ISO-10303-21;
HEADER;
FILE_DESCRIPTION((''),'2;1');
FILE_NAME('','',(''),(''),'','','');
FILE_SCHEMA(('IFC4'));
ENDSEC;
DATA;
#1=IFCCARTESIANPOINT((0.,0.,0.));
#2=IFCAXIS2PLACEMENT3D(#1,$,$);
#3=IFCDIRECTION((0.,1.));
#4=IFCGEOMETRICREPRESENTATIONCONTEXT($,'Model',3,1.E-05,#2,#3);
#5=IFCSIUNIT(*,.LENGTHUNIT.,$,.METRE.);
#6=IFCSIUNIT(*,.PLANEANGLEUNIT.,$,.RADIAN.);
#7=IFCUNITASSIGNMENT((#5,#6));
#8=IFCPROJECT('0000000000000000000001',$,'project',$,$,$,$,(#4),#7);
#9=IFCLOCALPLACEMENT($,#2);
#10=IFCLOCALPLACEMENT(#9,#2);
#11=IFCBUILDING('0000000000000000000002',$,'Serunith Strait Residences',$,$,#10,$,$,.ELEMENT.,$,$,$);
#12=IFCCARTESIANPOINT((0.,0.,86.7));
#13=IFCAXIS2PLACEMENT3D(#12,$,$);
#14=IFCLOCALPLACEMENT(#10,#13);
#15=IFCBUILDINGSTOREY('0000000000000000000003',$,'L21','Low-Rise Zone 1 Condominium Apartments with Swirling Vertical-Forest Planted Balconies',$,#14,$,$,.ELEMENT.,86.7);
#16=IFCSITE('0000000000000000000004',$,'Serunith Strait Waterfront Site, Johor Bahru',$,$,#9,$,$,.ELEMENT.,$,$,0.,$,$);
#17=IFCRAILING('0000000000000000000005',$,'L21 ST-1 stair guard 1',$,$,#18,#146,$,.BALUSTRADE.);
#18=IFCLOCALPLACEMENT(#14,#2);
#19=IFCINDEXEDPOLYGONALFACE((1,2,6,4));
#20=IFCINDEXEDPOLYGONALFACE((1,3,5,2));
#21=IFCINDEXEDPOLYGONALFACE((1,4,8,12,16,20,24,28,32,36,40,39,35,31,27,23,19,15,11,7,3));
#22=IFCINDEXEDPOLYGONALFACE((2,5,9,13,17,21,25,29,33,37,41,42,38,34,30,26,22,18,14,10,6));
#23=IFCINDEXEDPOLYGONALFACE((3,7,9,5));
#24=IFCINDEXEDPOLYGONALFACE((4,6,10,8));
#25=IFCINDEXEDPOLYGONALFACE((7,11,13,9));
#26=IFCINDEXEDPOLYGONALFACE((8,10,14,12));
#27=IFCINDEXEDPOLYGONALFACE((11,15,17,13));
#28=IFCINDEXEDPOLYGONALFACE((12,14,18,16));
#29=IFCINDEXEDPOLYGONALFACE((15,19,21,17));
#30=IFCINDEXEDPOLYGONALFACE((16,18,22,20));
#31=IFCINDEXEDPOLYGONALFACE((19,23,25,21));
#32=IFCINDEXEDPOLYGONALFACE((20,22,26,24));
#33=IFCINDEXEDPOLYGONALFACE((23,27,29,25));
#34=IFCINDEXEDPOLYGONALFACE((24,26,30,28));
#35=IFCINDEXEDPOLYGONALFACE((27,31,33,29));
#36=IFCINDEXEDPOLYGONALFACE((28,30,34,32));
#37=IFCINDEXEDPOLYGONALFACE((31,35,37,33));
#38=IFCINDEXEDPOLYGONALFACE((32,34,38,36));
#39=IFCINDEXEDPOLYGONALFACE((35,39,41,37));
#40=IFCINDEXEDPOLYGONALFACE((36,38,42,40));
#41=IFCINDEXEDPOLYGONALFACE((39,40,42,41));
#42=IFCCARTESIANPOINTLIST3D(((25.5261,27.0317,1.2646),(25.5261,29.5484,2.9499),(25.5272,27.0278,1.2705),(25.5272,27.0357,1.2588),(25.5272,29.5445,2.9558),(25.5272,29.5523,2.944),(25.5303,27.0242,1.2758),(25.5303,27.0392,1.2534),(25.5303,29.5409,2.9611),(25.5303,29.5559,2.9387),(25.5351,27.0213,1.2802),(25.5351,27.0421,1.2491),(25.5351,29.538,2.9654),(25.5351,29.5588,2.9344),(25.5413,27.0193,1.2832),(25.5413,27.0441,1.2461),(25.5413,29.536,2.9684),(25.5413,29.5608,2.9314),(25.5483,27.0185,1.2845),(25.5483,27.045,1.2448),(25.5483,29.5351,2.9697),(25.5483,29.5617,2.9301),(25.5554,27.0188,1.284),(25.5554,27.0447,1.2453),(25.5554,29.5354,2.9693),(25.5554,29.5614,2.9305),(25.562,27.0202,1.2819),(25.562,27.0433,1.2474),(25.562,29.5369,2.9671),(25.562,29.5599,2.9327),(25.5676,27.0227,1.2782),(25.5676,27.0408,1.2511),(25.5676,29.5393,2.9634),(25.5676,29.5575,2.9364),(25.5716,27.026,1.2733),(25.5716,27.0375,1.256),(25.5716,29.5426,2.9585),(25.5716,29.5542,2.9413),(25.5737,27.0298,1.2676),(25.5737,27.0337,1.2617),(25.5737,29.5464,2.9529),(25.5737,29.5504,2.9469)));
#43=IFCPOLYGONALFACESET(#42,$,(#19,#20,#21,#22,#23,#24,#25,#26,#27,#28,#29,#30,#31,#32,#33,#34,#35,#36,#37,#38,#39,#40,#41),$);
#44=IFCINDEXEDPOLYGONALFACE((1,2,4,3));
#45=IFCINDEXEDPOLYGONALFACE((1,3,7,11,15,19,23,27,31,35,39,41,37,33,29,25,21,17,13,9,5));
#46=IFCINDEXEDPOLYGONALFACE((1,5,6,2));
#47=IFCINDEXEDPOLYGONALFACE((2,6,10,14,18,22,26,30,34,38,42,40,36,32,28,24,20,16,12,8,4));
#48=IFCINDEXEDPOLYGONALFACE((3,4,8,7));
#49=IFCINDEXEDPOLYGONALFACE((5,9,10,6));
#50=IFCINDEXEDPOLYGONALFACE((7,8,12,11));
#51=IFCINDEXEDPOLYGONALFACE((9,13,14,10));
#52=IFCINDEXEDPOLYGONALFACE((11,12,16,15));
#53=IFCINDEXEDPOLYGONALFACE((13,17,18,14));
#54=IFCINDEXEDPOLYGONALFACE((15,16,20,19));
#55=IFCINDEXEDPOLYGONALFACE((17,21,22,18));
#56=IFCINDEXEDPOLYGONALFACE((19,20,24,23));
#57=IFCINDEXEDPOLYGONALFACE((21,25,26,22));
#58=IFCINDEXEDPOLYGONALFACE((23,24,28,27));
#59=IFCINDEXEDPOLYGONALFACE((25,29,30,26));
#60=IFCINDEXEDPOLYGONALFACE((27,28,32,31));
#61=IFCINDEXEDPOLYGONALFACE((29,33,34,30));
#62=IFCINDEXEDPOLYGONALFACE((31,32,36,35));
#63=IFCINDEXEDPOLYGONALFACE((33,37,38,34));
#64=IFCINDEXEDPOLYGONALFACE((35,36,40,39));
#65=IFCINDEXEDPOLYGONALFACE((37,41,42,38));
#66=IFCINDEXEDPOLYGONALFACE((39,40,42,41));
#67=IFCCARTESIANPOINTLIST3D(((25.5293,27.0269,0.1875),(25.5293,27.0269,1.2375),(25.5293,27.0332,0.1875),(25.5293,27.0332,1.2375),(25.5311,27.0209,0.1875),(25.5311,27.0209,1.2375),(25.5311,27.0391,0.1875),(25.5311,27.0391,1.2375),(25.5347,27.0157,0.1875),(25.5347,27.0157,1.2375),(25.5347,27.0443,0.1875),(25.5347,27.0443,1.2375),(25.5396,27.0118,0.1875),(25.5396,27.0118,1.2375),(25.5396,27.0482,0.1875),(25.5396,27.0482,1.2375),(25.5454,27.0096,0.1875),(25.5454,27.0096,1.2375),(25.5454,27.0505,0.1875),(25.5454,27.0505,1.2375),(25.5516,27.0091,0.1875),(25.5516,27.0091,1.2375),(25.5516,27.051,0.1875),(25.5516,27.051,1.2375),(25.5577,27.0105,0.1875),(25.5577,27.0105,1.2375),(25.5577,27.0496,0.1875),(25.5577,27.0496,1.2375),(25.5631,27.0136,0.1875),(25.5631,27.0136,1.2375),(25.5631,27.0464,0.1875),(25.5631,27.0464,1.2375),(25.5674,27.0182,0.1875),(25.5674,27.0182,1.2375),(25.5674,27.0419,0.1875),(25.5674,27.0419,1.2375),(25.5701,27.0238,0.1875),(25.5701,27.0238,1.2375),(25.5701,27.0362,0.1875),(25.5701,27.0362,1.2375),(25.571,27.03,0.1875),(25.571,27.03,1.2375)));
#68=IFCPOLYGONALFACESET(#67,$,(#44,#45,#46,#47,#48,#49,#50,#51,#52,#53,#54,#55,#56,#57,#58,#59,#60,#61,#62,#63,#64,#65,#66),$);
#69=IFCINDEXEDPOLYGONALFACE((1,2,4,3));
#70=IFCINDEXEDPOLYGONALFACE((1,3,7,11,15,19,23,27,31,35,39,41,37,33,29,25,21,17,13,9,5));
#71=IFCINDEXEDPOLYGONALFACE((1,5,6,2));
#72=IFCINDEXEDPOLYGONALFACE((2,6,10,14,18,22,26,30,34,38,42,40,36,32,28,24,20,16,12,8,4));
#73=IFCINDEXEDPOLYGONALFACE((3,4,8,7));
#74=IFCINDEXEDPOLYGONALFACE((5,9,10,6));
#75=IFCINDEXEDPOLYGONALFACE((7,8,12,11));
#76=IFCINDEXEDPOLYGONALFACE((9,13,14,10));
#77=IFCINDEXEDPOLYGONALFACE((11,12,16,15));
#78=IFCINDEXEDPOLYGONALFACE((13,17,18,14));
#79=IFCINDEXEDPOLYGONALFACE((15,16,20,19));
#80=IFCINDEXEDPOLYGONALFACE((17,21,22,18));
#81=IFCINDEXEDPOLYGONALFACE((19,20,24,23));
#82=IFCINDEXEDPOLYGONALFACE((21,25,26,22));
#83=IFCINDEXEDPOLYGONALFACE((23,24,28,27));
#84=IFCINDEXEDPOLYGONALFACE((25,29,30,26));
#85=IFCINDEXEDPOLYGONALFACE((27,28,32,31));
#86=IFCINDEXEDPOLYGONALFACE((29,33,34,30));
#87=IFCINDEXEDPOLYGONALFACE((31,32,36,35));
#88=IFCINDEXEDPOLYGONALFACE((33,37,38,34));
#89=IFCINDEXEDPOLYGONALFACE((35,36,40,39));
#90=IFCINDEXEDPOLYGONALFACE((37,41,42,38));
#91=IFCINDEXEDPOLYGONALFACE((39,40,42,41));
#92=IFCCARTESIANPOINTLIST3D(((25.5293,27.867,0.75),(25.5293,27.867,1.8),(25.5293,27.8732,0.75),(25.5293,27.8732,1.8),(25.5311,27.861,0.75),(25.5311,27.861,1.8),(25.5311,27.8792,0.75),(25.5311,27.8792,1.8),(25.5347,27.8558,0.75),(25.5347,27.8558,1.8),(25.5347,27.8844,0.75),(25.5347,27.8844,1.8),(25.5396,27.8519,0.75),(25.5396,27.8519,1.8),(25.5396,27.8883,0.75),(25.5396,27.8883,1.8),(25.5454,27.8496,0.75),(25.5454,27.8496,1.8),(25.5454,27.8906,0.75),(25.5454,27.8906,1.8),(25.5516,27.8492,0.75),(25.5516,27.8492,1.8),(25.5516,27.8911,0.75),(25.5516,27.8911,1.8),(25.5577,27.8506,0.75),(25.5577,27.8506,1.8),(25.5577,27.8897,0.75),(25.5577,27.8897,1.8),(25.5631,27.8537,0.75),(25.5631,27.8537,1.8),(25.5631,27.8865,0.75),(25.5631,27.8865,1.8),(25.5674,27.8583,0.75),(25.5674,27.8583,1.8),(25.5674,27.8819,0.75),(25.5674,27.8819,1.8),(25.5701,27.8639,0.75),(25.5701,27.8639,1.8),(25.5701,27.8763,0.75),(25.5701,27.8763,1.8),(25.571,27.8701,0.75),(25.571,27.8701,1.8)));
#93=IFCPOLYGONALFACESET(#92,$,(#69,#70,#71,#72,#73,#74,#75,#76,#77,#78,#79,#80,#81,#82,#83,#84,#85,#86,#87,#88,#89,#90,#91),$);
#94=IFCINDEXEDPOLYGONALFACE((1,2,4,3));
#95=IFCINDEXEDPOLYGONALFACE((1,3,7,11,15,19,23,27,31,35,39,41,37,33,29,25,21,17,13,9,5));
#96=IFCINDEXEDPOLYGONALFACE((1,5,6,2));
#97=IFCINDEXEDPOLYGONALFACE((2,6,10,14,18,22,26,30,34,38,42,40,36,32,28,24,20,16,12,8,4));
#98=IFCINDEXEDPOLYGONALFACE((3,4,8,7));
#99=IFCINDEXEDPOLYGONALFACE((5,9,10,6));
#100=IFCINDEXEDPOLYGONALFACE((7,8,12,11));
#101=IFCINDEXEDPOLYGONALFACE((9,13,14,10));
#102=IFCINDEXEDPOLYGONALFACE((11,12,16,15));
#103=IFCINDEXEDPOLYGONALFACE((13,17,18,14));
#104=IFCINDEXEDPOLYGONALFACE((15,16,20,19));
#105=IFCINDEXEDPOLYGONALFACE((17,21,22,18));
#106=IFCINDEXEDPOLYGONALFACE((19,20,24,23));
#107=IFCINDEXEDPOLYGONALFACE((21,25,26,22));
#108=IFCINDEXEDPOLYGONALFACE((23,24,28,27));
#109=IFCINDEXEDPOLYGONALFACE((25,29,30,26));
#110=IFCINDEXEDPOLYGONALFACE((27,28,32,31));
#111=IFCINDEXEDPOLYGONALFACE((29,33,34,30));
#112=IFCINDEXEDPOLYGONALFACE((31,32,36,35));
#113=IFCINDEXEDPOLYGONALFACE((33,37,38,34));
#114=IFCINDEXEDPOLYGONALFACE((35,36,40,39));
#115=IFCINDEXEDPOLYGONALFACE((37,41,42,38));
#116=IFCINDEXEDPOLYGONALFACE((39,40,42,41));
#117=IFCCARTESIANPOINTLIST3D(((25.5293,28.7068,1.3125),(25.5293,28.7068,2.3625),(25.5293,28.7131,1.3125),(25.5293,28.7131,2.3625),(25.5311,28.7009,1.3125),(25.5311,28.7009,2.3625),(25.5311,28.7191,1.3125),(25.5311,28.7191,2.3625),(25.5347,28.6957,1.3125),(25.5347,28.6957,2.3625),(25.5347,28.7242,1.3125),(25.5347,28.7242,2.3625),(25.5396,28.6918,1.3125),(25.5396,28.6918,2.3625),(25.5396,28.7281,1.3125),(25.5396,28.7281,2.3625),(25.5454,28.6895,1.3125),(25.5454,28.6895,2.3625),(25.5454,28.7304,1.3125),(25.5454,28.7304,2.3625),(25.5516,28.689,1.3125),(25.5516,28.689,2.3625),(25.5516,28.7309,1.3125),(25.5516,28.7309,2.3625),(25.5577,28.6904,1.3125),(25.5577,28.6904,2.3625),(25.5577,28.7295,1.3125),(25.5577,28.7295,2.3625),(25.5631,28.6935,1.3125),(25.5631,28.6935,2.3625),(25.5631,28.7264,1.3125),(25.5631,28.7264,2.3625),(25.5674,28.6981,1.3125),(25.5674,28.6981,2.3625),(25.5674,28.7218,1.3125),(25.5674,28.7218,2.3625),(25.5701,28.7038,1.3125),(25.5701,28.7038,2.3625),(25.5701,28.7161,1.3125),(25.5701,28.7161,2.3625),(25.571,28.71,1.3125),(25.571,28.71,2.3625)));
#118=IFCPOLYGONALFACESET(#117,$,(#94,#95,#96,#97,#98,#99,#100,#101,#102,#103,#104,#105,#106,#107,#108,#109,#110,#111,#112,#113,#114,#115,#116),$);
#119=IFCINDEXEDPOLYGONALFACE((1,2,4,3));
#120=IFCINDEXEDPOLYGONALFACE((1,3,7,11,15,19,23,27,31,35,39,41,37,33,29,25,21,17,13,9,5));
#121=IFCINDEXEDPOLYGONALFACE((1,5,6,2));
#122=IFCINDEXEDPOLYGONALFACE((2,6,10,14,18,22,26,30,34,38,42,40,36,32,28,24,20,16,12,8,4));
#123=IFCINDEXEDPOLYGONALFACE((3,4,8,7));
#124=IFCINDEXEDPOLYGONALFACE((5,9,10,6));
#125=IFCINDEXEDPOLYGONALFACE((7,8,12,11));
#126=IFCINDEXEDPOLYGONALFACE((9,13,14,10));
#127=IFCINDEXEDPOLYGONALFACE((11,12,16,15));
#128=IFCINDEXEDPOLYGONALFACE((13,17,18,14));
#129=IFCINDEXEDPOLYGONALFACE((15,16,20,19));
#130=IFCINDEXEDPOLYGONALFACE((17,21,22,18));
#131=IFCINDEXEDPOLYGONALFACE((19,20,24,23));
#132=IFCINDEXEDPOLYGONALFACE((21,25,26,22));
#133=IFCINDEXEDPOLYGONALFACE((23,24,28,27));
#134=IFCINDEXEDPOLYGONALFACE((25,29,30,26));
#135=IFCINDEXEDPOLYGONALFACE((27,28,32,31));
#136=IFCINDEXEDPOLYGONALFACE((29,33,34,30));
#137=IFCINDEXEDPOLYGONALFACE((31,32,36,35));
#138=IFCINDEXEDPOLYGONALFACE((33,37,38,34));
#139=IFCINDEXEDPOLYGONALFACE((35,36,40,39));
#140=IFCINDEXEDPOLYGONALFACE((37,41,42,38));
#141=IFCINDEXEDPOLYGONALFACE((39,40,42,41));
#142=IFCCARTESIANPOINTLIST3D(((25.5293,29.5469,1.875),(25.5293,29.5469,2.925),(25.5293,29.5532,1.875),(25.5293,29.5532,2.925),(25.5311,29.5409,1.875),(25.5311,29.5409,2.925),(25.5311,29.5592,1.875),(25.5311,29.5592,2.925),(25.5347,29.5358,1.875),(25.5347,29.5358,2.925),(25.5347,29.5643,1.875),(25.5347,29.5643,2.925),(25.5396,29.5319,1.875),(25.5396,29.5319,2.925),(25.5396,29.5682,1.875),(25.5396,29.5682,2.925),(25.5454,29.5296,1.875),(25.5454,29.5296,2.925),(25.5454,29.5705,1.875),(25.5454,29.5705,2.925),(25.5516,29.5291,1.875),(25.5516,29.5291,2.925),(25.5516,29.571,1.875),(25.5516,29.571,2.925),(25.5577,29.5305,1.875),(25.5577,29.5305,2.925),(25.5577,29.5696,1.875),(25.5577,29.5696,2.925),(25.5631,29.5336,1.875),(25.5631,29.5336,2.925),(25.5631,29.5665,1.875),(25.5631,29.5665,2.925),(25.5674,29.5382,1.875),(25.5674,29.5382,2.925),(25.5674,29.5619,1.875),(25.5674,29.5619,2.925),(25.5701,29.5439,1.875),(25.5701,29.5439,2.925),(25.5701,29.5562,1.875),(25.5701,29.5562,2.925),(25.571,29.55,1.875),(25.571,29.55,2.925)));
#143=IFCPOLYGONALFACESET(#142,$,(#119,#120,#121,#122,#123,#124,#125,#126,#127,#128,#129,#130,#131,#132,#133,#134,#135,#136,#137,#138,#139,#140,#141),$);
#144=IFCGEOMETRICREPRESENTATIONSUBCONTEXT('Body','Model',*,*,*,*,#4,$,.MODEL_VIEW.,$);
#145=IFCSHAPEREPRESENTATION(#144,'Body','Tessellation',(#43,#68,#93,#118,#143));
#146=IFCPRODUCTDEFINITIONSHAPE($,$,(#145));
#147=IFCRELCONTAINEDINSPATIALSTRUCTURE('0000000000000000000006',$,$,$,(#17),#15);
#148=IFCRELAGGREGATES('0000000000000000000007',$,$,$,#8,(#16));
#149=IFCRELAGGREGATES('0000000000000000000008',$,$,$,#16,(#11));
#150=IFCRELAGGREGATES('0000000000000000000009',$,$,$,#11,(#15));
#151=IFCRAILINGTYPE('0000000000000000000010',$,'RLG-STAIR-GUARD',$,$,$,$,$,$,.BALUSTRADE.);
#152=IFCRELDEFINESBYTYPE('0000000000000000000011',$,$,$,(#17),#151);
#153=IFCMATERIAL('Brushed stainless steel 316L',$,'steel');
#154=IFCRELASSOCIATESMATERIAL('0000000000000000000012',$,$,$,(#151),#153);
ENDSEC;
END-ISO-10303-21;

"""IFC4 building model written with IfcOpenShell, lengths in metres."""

from ifc_helpers import new_model, si_unit, direction, frame, origin, origin_2d, place, context, subcontext, project, spatial, circle, extrude, material, type_object, element, save


model = new_model("IFC4")

# Units and contexts
model_context = context("Model", 3, precision=1e-05, world=origin(), true_north=direction((0.0, 1.0)))
body_context = subcontext(model_context, "Body", "Model", "MODEL_VIEW")
ifc_project = project(units=[si_unit("LENGTHUNIT", "METRE"), si_unit("PLANEANGLEUNIT", "RADIAN")], contexts=[model_context])

# Site, building, storey
site_placement = place(None, origin())
site = spatial("IfcSite", under=ifc_project, at=site_placement, Name="Serunith Strait Waterfront Site, Johor Bahru", CompositionType="ELEMENT", RefElevation=0.0)
building_placement = place(site_placement, origin())
building = spatial("IfcBuilding", under=site, at=building_placement, Name="Serunith Strait Residences", CompositionType="ELEMENT")
storey_placement = place(building_placement, frame((0.0, 0.0, 86.7)))
storey = spatial("IfcBuildingStorey", under=building, at=storey_placement, Name="L21", Description="Low-Rise Zone 1 Condominium Apartments with Swirling Vertical-Forest Planted Balconies", CompositionType="ELEMENT", Elevation=86.7)

# Railing
ifc_material_1 = material(Name="Brushed stainless steel 316L", Category="steel")
railing_type_1 = type_object("IfcRailingType", Name="RLG-STAIR-GUARD", PredefinedType="BALUSTRADE", material=ifc_material_1)
railing_1_placement = place(storey_placement, frame((25.55, 27.03, 0.1875)))
element("IfcRailing", 1, at=railing_1_placement, inside=storey, type_object=railing_type_1, Name="L21 ST-1 stair guard 1", PredefinedType="BALUSTRADE", context=body_context, shape_type="SweptSolid", body=[
    extrude(circle(Radius=0.0239, at=origin_2d()), frame((0.0, 0.0017, 1.0771), z_axis=(0.0, 0.830909, 0.556408), x_axis=(-1.0, 0.0, 0.0)), (0.0, 0.0, 1.0), 3.0288),
    extrude(circle(Radius=0.021, at=origin_2d()), origin(), (0.0, 0.0, 1.0), 1.05),
    extrude(circle(Radius=0.021, at=origin_2d()), frame((0.0, 0.8401, 0.5625)), (0.0, 0.0, 1.0), 1.05),
    extrude(circle(Radius=0.021, at=origin_2d()), frame((0.0, 1.6799, 1.125)), (0.0, 0.0, 1.0), 1.05),
    extrude(circle(Radius=0.021, at=origin_2d()), frame((0.0, 2.52, 1.6875)), (0.0, 0.0, 1.0), 1.05),
])

save(model, "model.ifc")
